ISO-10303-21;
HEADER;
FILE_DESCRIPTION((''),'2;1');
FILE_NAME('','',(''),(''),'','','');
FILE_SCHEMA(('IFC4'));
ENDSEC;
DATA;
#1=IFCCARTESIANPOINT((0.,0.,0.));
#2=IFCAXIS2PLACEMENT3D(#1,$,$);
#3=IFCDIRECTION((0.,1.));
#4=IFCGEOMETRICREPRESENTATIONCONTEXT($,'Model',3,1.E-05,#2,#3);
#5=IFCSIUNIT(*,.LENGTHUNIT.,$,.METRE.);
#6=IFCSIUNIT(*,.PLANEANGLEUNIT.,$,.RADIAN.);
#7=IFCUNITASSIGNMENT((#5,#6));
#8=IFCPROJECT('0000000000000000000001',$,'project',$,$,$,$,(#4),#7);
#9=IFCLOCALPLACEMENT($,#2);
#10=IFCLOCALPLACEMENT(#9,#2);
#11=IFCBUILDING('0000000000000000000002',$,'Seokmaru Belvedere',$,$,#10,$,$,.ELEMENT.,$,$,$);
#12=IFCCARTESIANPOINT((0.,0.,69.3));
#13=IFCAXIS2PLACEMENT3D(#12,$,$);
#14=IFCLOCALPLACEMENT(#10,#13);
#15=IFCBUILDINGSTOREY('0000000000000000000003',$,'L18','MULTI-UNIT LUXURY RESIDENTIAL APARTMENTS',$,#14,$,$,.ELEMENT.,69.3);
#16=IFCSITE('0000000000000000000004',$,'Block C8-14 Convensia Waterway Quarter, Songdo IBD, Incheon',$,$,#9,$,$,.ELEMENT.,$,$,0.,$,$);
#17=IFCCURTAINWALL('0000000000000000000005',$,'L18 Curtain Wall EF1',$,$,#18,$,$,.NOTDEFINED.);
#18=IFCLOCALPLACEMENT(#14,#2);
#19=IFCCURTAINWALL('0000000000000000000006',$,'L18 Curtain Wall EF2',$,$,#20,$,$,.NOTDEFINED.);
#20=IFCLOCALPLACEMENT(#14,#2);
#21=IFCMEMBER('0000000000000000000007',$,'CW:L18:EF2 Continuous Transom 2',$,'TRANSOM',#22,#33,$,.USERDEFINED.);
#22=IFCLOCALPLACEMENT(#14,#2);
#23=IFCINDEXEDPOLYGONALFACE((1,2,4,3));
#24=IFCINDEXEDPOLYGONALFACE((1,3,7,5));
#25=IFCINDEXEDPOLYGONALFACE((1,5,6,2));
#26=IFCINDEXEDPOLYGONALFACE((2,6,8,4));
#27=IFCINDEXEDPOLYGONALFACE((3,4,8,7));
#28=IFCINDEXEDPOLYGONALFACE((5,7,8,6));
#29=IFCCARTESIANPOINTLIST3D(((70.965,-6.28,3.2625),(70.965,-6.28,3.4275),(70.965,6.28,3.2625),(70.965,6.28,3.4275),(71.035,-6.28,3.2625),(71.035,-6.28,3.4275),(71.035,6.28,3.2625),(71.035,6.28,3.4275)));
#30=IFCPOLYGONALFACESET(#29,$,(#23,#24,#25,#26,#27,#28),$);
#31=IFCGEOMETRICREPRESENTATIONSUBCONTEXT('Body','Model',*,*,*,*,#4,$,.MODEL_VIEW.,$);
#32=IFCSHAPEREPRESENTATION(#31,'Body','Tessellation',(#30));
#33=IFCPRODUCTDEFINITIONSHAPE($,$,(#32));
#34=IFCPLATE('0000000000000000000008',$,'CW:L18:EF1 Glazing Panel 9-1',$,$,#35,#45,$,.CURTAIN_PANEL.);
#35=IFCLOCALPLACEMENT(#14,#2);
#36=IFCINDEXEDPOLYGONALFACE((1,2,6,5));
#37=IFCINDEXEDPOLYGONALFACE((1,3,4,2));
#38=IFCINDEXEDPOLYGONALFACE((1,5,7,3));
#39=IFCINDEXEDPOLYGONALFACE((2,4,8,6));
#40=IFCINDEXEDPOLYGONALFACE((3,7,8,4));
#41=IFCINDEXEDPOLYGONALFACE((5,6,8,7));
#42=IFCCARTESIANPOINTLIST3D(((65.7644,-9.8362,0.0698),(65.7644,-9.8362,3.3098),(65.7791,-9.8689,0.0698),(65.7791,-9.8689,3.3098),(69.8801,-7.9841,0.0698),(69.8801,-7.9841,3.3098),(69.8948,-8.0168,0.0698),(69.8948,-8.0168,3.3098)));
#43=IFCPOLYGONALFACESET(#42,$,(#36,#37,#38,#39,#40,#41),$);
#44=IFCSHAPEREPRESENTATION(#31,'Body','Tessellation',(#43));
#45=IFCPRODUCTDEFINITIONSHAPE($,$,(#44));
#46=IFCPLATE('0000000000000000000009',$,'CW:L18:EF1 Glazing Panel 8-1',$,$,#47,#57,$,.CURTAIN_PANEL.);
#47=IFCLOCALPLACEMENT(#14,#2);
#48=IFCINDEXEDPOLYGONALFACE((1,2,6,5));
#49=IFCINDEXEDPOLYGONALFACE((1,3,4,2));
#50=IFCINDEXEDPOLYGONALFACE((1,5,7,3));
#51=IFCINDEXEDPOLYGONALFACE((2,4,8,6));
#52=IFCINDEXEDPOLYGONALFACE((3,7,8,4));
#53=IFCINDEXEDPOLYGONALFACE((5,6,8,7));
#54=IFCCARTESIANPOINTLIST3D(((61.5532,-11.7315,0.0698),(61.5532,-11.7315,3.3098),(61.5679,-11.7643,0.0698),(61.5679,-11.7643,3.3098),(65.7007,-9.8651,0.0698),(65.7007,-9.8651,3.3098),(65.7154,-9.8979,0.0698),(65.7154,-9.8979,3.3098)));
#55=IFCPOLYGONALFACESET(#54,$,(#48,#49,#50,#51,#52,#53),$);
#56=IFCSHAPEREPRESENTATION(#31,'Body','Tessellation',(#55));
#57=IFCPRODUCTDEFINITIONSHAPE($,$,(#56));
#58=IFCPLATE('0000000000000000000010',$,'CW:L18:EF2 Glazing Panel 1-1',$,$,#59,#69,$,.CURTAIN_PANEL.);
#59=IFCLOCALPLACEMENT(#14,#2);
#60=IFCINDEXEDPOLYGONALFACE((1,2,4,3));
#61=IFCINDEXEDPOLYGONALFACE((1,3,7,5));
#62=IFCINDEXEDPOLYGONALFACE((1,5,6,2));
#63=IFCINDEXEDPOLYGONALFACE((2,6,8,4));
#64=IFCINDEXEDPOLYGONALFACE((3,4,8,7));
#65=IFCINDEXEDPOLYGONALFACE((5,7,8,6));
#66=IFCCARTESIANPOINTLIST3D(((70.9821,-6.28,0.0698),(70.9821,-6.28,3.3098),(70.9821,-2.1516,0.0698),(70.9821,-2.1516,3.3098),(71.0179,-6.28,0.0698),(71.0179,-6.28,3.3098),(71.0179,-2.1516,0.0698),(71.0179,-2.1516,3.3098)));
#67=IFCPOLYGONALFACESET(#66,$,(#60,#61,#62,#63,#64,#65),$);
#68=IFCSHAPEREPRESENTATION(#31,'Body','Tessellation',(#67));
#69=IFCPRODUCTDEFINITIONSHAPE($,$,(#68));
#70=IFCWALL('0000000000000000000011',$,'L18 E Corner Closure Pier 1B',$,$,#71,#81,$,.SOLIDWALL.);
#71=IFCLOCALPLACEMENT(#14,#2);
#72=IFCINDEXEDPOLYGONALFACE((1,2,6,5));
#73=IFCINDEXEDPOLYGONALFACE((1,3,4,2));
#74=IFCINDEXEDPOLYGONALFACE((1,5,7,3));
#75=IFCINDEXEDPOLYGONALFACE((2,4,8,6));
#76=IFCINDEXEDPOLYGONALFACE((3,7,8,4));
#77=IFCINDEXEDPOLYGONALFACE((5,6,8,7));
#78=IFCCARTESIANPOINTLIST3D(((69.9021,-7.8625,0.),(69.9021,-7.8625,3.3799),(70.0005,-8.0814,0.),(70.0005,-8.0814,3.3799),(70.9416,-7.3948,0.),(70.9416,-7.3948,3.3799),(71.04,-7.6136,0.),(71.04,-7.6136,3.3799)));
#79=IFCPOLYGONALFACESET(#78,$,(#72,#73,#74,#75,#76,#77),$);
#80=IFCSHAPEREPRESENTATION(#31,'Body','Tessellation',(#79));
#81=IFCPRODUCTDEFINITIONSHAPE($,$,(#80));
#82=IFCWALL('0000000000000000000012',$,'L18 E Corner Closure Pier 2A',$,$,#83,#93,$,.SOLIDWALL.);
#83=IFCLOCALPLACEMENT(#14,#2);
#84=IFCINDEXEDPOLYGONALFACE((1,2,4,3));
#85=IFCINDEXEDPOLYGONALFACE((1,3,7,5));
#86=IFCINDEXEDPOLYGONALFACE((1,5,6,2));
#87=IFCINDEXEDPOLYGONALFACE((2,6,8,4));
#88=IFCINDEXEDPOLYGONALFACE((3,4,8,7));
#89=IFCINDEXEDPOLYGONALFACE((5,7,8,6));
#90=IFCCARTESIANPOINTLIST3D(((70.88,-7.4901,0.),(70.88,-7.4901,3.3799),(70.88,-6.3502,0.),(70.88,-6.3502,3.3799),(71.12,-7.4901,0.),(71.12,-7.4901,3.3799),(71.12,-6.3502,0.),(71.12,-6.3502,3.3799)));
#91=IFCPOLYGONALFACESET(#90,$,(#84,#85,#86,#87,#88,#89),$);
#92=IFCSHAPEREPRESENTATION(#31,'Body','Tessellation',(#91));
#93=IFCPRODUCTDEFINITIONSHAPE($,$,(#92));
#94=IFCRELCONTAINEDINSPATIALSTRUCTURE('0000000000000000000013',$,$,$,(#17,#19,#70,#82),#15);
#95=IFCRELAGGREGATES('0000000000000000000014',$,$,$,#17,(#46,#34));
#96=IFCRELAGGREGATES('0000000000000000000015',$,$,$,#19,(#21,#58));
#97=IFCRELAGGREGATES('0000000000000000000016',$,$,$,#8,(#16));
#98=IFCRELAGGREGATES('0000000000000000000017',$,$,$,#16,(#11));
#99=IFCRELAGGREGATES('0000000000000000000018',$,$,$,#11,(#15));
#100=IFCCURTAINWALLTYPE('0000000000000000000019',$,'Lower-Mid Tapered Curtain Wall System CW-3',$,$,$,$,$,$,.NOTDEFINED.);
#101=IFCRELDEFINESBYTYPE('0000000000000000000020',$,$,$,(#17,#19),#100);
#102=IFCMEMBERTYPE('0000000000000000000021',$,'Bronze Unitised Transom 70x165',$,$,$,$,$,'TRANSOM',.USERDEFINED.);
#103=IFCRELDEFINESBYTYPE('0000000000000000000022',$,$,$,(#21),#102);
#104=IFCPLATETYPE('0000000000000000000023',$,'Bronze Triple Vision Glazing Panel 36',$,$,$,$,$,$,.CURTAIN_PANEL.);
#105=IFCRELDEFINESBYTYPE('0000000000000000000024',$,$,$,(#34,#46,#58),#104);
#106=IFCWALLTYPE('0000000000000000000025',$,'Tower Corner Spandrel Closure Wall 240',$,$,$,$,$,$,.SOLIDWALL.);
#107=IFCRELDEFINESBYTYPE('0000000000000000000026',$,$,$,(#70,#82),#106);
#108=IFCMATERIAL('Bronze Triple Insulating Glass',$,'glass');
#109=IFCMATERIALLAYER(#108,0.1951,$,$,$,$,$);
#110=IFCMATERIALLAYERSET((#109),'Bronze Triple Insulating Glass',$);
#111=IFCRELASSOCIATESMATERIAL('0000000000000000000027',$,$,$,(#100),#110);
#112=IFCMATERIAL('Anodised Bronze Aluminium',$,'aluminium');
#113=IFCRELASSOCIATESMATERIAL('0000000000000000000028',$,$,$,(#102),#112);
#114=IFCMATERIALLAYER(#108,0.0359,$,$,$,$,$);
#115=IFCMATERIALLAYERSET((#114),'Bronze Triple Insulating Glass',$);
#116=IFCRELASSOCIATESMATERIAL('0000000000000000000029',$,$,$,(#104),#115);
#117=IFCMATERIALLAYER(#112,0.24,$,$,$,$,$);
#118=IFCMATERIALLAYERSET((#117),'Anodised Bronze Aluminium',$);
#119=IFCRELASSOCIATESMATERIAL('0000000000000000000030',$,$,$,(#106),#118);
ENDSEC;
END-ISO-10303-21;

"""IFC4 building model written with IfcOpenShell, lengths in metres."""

from ifc_helpers import new_model, si_unit, direction, frame, frame_2d, origin, origin_2d, place, context, subcontext, project, spatial, rectangle, extrude, source, transform, mapped, material, layer, layer_set, material_profile, profile_set, type_object, type_shapes, element, aggregate, save


model = new_model("IFC4")

# Units and contexts
model_context = context("Model", 3, precision=1e-05, world=origin(), true_north=direction((0.0, 1.0)))
body_context = subcontext(model_context, "Body", "Model", "MODEL_VIEW")
ifc_project = project(units=[si_unit("LENGTHUNIT", "METRE"), si_unit("PLANEANGLEUNIT", "RADIAN")], contexts=[model_context])

# Site, building, storey
site_placement = place(None, origin())
site = spatial("IfcSite", under=ifc_project, at=site_placement, Name="Block C8-14 Convensia Waterway Quarter, Songdo IBD, Incheon", CompositionType="ELEMENT", RefElevation=0.0)
building_placement = place(site_placement, origin())
building = spatial("IfcBuilding", under=site, at=building_placement, Name="Seokmaru Belvedere", CompositionType="ELEMENT")
storey_placement = place(building_placement, frame((0.0, 0.0, 69.3)))
storey = spatial("IfcBuildingStorey", under=building, at=storey_placement, Name="L18", Description="MULTI-UNIT LUXURY RESIDENTIAL APARTMENTS", CompositionType="ELEMENT", Elevation=69.3)

# Curtain walls
ifc_material_1 = material(Name="Bronze Triple Insulating Glass", Category="glass")
ifc_layer_1 = layer(ifc_material_1, 0.1951)
ifc_layer_set_1 = layer_set([ifc_layer_1], Name="Bronze Triple Insulating Glass")
curtain_wall_type = type_object("IfcCurtainWallType", Name="Lower-Mid Tapered Curtain Wall System CW-3", PredefinedType="NOTDEFINED", material=ifc_layer_set_1)
curtain_wall_1_placement = place(storey_placement, origin())
curtain_wall_1 = element("IfcCurtainWall", 1, at=curtain_wall_1_placement, inside=storey, type_object=curtain_wall_type, Name="L18 Curtain Wall EF1", PredefinedType="NOTDEFINED")
ifc_material_2 = material(Name="Anodised Bronze Aluminium", Category="aluminium")
curtain_wall_2_placement = place(storey_placement, origin())
curtain_wall_2 = element("IfcCurtainWall", 2, at=curtain_wall_2_placement, inside=storey, type_object=curtain_wall_type, Name="L18 Curtain Wall EF2", PredefinedType="NOTDEFINED")

# Member
ifc_material_profile_1 = material_profile(ifc_material_2, rectangle(XDim=0.0701, YDim=0.165, at=origin_2d()), Name="CW-T-70x165")
ifc_profile_set_1 = profile_set([ifc_material_profile_1], Name="Anodised Bronze Aluminium")
member_type_1 = type_object("IfcMemberType", Name="Bronze Unitised Transom 70x165", ElementType="TRANSOM", PredefinedType="USERDEFINED", material=ifc_profile_set_1)
shared_shape_1 = source(origin(), body_context, "Body", "SweptSolid", [
    extrude(rectangle(XDim=0.0701, YDim=0.165, at=origin_2d()), origin(), (0.0, 0.0, 1.0), 12.5601),
])
type_shapes(member_type_1, [shared_shape_1])
member_1_placement = place(storey_placement, frame((71.0, -6.28, 3.345), z_axis=(0.0, 1.0, 0.0), x_axis=(-1.0, 0.0, 0.0)))
member_1 = element("IfcMember", 3, at=member_1_placement, type_object=member_type_1, Name="CW:L18:EF2 Continuous Transom 2", ObjectType="TRANSOM", PredefinedType="USERDEFINED", context=body_context, shape_type="MappedRepresentation", body=[
    mapped(shared_shape_1, transform((0.0, 0.0, 0.0), scale=1.0)),
])

# Plates
ifc_layer_2 = layer(ifc_material_1, 0.0359)
ifc_layer_set_2 = layer_set([ifc_layer_2], Name="Bronze Triple Insulating Glass")
plate_type = type_object("IfcPlateType", Name="Bronze Triple Vision Glazing Panel 36", PredefinedType="CURTAIN_PANEL", material=ifc_layer_set_2)
shared_shape_2 = source(origin(), body_context, "Body", "SweptSolid", [
    extrude(rectangle(XDim=4.5132, YDim=0.0359, at=origin_2d()), origin(), (0.0, 0.0, 1.0), 3.24),
])
plate_1_placement = place(storey_placement, frame((67.8296, -8.9265, 0.0698), z_axis=(0.0, 0.0, 1.0), x_axis=(0.911921, 0.410366, 0.0)))
plate_1 = element("IfcPlate", 4, at=plate_1_placement, type_object=plate_type, Name="CW:L18:EF1 Glazing Panel 9-1", PredefinedType="CURTAIN_PANEL", context=body_context, shape_type="MappedRepresentation", body=[
    mapped(shared_shape_2, transform((0.0, 0.0, 0.0), scale=1.0)),
])
shared_shape_3 = source(origin(), body_context, "Body", "SweptSolid", [
    extrude(rectangle(XDim=4.5481, YDim=0.0359, at=origin_2d()), origin(), (0.0, 0.0, 1.0), 3.24),
])
plate_2_placement = place(storey_placement, frame((63.6343, -10.8147, 0.0698), z_axis=(0.0, 0.0, 1.0), x_axis=(0.911921, 0.410366, 0.0)))
plate_2 = element("IfcPlate", 5, at=plate_2_placement, type_object=plate_type, Name="CW:L18:EF1 Glazing Panel 8-1", PredefinedType="CURTAIN_PANEL", context=body_context, shape_type="MappedRepresentation", body=[
    mapped(shared_shape_3, transform((0.0, 0.0, 0.0), scale=1.0)),
])
aggregate(curtain_wall_1, [plate_2, plate_1])
shared_shape_4 = source(origin(), body_context, "Body", "SweptSolid", [
    extrude(rectangle(XDim=4.1284, YDim=0.0359, at=origin_2d()), origin(), (0.0, 0.0, 1.0), 3.24),
])
type_shapes(plate_type, [shared_shape_2, shared_shape_3, shared_shape_4])
plate_3_placement = place(storey_placement, frame((71.0, -4.2158, 0.0698), z_axis=(0.0, 0.0, 1.0), x_axis=(0.0, 1.0, 0.0)))
plate_3 = element("IfcPlate", 6, at=plate_3_placement, type_object=plate_type, Name="CW:L18:EF2 Glazing Panel 1-1", PredefinedType="CURTAIN_PANEL", context=body_context, shape_type="MappedRepresentation", body=[
    mapped(shared_shape_4, transform((0.0, 0.0, 0.0), scale=1.0)),
])
aggregate(curtain_wall_2, [member_1, plate_3])

# Walls
ifc_layer_3 = layer(ifc_material_2, 0.24)
ifc_layer_set_3 = layer_set([ifc_layer_3], Name="Anodised Bronze Aluminium")
wall_type = type_object("IfcWallType", Name="Tower Corner Spandrel Closure Wall 240", PredefinedType="SOLIDWALL", material=ifc_layer_set_3)
for number, where, z_axis, x_axis, name in (
    (7, (69.9514, -7.9719, 0.0), (0.0, 0.0, 1.0), (0.91193, 0.410347, 0.0), "L18 E Corner Closure Pier 1B"),
    (8, (71.0, -7.49, 0.0), (0.0, 0.0, 1.0), (0.0, 1.0, 0.0), "L18 E Corner Closure Pier 2A"),
):
    element("IfcWall", number, at=place(storey_placement, frame(where, z_axis=z_axis, x_axis=x_axis)), inside=storey, type_object=wall_type, Name=name, PredefinedType="SOLIDWALL", context=body_context, shape_type="SweptSolid", body=[
        extrude(rectangle(XDim=1.1399, YDim=0.24, at=frame_2d((0.5698, 0.0))), origin(), (0.0, 0.0, 1.0), 3.3799),
    ])

save(model, "model.ifc")
